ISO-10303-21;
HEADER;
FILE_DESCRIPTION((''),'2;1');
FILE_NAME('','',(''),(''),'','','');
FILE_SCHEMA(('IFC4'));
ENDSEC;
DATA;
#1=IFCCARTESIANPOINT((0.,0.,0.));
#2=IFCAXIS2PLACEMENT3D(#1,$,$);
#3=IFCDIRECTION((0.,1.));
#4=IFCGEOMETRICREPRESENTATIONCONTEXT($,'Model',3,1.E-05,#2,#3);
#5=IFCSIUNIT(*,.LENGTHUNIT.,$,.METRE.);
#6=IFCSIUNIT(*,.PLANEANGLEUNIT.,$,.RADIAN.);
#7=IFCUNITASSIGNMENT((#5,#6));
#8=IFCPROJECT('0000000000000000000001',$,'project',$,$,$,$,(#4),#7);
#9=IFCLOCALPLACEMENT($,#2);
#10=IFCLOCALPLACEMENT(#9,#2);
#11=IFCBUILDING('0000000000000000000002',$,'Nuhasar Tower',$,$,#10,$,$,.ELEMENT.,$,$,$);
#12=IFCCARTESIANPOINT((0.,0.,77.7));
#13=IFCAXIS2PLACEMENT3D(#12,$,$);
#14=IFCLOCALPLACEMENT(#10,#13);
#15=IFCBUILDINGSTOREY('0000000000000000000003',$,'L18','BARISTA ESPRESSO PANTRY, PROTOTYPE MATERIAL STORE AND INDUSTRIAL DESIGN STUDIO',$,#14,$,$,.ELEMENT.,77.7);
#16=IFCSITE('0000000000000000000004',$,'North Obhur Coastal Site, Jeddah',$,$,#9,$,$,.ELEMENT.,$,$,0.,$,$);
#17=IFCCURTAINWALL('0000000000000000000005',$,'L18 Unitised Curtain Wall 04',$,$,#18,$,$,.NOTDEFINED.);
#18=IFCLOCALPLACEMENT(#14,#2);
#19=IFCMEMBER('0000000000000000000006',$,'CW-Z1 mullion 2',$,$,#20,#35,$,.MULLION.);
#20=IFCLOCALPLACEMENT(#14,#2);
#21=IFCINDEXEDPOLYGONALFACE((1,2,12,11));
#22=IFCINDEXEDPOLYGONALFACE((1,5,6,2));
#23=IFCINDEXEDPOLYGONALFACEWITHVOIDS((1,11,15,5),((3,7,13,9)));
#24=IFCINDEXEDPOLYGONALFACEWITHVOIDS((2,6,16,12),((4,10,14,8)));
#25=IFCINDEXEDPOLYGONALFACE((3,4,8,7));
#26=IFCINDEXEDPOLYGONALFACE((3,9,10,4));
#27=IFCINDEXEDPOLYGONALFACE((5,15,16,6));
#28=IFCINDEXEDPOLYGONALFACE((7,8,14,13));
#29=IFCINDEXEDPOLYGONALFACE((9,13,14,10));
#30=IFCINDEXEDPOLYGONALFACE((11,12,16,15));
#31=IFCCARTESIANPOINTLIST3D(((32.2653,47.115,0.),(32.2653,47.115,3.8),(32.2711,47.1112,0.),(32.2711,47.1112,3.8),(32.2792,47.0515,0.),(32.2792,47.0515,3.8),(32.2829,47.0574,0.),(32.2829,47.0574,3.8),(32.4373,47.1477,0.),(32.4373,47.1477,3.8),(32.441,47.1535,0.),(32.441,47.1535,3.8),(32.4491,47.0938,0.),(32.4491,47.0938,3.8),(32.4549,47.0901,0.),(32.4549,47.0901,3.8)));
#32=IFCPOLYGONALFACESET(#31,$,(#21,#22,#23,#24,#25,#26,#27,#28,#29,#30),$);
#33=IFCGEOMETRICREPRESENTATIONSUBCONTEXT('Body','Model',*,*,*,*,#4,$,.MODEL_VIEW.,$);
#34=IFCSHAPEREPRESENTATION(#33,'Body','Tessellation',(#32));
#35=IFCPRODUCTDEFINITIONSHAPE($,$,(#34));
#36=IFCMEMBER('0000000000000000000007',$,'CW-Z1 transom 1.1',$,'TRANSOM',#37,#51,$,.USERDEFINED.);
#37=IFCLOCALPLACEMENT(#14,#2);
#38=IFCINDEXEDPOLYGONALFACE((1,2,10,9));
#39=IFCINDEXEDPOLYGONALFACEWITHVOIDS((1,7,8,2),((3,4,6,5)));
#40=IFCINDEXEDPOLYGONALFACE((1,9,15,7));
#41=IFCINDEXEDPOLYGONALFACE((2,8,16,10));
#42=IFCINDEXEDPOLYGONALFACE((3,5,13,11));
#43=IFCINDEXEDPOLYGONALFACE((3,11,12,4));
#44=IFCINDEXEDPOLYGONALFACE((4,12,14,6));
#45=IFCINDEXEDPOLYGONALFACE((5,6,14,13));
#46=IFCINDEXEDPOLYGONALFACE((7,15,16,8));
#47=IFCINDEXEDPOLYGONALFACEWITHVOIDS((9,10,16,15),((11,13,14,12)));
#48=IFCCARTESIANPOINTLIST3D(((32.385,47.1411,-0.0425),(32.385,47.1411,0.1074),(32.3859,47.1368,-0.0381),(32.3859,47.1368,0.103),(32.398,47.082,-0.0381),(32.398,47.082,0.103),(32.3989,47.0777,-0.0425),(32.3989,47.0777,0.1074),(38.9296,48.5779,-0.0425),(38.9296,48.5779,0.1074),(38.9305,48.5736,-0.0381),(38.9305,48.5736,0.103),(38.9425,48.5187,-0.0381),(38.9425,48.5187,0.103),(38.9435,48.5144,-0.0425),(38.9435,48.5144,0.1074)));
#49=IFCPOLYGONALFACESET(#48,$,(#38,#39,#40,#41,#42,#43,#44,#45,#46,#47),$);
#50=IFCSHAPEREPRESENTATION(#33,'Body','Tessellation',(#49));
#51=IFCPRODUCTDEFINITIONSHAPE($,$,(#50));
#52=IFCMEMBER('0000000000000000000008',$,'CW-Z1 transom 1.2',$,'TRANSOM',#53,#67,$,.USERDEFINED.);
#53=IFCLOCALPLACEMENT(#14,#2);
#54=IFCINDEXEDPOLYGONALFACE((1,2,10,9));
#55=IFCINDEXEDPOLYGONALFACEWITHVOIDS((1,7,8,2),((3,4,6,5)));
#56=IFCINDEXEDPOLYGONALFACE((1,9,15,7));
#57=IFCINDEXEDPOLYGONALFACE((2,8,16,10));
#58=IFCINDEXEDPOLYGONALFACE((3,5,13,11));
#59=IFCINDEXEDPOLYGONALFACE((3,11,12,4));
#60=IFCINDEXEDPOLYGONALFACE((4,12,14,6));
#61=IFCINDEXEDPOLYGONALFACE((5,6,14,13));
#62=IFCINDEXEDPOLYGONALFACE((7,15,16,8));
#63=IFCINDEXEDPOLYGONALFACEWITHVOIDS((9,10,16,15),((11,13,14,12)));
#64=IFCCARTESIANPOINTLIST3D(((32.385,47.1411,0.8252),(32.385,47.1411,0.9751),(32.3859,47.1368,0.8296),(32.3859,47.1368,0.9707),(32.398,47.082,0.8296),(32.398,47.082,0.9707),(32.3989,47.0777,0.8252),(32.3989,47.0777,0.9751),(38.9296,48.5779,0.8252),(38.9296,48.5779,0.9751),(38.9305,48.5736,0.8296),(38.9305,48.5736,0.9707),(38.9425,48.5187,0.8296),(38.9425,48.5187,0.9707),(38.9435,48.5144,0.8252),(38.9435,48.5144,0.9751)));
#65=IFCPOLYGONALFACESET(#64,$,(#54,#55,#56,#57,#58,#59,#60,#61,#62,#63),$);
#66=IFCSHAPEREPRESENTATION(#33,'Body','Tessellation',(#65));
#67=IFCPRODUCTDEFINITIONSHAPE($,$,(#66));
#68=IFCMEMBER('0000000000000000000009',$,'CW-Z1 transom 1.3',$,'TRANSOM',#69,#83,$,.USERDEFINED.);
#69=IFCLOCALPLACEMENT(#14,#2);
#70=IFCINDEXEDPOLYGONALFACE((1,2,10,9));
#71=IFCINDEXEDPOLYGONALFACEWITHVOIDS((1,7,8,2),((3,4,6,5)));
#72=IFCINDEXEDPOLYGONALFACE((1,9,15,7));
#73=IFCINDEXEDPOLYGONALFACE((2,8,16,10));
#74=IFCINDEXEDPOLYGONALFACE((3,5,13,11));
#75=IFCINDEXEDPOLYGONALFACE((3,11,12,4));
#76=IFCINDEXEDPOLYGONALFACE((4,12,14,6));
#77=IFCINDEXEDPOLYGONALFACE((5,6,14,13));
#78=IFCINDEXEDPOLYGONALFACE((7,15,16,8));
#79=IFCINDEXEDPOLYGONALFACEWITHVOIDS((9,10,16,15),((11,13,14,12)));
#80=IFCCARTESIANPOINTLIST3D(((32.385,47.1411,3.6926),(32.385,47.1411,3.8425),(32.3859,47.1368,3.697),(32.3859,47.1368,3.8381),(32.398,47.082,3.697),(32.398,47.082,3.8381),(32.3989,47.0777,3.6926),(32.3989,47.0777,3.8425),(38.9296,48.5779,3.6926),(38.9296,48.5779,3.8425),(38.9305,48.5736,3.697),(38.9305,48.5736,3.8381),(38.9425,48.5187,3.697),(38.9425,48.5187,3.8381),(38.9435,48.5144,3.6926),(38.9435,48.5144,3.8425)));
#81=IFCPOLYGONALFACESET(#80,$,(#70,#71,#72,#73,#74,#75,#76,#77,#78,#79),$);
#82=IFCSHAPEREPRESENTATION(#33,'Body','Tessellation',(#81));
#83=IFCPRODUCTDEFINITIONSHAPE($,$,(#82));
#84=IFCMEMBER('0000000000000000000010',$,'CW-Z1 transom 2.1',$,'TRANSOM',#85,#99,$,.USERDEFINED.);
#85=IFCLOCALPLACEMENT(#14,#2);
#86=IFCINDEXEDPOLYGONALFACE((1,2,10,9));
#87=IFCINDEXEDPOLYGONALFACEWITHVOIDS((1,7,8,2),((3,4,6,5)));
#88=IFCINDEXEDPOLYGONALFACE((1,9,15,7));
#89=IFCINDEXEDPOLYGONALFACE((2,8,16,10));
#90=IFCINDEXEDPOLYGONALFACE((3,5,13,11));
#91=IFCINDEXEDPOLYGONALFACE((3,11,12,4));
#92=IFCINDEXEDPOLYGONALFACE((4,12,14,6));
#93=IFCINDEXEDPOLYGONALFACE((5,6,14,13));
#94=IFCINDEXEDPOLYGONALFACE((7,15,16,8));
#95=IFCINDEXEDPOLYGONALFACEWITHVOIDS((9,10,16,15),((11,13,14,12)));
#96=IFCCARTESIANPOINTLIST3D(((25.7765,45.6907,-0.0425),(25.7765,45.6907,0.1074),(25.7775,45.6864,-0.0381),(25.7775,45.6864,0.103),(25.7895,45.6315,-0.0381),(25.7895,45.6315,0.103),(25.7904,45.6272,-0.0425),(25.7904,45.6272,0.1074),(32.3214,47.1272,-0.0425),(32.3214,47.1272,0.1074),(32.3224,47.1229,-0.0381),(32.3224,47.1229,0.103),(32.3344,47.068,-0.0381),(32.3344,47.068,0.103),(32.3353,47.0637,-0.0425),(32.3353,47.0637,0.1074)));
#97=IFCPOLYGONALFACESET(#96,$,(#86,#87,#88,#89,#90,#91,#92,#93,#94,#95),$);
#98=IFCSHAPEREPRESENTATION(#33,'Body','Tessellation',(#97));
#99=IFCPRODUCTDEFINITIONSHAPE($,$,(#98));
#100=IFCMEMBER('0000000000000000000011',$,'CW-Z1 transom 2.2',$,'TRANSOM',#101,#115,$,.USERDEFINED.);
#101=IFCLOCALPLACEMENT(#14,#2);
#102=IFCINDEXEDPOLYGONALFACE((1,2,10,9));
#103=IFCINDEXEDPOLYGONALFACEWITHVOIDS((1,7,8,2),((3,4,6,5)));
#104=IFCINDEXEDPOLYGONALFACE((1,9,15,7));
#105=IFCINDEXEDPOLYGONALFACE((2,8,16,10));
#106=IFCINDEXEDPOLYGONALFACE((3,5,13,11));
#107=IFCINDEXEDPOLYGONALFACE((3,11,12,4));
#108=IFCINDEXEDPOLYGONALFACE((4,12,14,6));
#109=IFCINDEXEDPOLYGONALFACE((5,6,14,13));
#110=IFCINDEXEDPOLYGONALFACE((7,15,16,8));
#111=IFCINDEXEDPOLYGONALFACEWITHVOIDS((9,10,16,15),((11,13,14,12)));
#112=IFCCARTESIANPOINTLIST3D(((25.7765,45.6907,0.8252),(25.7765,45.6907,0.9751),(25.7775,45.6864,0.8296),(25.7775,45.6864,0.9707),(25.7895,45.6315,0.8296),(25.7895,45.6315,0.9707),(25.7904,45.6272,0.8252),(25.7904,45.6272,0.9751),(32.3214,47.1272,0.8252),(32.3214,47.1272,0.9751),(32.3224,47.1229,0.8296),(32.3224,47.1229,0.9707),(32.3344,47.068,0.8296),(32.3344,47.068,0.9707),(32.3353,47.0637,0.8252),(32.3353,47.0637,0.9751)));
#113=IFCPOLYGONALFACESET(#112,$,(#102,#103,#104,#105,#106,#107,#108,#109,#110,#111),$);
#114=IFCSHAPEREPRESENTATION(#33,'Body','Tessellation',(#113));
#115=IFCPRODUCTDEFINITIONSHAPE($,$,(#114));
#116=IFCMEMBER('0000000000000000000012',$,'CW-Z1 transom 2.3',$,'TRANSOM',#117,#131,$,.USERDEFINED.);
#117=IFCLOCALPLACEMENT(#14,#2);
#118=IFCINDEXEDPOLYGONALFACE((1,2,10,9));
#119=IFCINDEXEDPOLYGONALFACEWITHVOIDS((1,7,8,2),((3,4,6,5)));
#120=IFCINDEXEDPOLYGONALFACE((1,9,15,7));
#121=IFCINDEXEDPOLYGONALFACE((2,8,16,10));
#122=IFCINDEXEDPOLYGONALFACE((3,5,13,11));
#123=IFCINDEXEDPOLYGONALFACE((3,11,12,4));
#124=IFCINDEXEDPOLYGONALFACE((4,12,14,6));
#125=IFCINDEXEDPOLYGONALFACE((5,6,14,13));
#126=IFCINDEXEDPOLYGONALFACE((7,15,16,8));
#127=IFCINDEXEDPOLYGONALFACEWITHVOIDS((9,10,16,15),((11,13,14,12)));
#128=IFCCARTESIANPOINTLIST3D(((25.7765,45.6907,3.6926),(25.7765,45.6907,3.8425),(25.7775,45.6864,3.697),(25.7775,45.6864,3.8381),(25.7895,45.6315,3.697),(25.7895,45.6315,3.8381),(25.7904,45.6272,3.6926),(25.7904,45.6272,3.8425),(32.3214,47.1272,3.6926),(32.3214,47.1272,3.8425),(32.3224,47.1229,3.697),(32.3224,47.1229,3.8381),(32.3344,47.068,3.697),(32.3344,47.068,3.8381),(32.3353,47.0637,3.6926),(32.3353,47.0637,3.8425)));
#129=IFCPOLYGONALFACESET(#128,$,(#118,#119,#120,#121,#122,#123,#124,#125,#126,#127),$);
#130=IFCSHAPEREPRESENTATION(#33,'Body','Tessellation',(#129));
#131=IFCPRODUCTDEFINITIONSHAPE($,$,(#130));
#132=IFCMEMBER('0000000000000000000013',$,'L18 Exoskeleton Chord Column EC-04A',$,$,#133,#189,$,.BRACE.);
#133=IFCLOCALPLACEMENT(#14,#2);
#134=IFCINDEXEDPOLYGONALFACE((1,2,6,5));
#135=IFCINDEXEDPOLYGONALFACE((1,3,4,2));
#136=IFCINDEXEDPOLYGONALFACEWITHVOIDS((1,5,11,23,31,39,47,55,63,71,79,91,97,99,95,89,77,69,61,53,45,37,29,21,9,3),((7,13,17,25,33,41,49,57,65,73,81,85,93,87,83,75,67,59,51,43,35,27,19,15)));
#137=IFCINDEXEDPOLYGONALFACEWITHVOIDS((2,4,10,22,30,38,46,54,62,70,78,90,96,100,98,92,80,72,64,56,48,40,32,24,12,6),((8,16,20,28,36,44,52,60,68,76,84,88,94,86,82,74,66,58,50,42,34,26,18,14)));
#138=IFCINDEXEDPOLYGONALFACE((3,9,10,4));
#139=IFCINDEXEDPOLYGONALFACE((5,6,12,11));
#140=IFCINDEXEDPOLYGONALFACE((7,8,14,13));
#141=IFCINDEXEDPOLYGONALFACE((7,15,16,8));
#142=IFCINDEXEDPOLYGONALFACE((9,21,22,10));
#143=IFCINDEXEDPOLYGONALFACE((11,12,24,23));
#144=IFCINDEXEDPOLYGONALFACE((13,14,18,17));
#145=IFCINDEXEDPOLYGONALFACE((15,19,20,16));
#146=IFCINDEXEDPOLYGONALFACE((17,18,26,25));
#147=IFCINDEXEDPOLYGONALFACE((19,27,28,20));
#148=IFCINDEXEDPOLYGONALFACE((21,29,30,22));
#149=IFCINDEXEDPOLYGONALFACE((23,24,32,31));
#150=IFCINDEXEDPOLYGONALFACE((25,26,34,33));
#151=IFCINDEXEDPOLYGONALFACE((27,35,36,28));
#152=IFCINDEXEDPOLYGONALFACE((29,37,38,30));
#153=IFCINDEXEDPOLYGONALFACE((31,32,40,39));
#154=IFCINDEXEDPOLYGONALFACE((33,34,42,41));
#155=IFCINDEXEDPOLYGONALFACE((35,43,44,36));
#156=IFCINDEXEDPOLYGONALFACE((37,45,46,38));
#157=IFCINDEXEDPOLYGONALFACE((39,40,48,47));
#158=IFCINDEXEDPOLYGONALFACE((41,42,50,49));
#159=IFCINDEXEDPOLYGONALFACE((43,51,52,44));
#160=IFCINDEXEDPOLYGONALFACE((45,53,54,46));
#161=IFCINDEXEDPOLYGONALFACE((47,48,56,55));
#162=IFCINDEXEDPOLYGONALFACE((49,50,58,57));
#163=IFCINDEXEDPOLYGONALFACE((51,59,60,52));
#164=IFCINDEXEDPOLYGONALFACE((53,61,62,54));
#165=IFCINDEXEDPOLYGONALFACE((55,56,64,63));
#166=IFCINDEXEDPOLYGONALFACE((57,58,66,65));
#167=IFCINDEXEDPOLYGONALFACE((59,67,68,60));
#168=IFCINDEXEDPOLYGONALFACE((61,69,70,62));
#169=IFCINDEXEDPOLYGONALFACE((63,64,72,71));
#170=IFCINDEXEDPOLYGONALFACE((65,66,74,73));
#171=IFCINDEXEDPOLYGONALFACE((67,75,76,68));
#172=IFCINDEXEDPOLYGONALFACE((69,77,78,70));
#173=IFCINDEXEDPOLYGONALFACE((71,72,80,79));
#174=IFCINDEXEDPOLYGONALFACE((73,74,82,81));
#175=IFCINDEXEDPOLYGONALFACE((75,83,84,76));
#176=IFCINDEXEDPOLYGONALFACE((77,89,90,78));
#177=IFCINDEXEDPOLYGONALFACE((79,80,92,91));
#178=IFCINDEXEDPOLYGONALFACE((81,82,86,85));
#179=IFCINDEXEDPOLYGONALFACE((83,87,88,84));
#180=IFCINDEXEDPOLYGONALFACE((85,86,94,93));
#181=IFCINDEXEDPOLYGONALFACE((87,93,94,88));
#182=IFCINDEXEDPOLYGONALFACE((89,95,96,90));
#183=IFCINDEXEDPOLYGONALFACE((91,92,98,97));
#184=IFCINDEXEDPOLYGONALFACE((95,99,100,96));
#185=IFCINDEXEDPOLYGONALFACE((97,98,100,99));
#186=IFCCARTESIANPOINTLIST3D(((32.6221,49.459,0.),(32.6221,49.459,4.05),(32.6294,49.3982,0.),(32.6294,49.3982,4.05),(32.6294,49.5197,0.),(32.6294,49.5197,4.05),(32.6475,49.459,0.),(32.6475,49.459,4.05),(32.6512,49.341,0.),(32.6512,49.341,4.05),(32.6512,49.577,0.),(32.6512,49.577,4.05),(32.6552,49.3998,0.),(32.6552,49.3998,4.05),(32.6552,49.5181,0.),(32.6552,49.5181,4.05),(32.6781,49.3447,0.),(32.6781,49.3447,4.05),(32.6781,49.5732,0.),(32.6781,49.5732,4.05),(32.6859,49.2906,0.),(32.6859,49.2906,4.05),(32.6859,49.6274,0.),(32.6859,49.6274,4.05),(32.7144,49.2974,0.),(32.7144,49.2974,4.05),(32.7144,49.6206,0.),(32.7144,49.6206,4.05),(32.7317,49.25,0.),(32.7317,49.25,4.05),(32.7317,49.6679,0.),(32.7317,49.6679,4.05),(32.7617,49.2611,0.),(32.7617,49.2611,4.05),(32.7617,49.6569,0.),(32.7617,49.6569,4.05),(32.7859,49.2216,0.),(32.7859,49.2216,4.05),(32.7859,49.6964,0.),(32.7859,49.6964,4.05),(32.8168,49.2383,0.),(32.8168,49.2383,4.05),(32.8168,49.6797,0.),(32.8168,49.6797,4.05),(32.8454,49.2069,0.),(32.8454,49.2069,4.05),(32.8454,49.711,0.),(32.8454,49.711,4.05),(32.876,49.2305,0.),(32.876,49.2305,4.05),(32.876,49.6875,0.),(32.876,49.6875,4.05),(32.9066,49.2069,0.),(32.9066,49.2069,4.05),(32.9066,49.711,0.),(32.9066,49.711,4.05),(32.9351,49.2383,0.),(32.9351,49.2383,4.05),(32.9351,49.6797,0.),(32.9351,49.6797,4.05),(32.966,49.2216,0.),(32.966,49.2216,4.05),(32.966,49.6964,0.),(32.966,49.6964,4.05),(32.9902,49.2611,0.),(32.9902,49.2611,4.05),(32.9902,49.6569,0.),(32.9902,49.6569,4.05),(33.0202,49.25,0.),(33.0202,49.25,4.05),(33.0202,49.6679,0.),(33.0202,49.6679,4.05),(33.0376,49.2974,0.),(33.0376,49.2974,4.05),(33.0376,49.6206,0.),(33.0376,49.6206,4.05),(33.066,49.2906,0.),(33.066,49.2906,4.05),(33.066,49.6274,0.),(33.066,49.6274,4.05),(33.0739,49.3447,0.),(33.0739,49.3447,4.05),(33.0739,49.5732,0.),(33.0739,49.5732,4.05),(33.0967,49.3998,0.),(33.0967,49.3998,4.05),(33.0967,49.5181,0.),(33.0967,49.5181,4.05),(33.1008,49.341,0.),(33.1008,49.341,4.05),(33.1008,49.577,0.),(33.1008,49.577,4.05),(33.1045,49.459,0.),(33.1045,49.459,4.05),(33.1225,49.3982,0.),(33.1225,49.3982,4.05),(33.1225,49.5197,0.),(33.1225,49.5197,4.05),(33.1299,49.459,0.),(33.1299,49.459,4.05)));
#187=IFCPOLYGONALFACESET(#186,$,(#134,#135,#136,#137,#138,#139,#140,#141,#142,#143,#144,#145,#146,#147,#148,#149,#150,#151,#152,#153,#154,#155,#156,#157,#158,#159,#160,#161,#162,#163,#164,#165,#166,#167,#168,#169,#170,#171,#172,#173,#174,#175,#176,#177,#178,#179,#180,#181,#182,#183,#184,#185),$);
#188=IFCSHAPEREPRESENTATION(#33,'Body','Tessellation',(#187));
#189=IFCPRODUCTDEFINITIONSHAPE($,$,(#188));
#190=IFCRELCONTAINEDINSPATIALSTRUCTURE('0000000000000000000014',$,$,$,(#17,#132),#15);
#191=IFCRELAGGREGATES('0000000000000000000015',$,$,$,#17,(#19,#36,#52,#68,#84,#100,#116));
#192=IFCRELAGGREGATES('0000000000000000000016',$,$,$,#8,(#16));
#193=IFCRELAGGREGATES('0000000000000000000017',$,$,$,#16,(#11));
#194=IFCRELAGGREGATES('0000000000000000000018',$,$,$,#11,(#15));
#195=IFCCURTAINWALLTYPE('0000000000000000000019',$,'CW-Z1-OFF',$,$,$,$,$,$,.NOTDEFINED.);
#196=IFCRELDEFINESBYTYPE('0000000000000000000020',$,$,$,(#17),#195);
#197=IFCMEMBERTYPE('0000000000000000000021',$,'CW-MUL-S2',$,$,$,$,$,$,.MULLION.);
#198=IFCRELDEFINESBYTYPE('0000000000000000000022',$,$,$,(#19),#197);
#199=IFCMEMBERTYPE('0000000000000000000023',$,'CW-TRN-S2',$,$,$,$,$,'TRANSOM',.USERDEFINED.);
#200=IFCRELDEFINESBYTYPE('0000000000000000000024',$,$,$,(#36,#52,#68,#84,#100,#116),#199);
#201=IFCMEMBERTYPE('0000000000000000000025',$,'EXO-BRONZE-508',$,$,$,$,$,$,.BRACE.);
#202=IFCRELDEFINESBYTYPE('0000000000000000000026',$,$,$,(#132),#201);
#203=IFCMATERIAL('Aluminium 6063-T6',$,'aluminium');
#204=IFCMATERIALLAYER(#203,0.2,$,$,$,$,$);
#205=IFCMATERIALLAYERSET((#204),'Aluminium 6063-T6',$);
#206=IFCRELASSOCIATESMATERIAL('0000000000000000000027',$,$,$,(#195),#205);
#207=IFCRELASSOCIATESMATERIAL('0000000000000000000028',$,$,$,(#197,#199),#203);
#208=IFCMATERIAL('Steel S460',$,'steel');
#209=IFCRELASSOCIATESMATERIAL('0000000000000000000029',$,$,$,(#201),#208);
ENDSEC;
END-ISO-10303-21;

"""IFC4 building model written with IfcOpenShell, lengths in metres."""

from ifc_helpers import new_model, si_unit, direction, frame, origin, origin_2d, place, context, subcontext, project, spatial, hollow_rectangle, hollow_circle, extrude, material, layer, layer_set, material_profile, profile_set, type_object, element, aggregate, save


model = new_model("IFC4")

# Units and contexts
model_context = context("Model", 3, precision=1e-05, world=origin(), true_north=direction((0.0, 1.0)))
body_context = subcontext(model_context, "Body", "Model", "MODEL_VIEW")
ifc_project = project(units=[si_unit("LENGTHUNIT", "METRE"), si_unit("PLANEANGLEUNIT", "RADIAN")], contexts=[model_context])

# Site, building, storey
site_placement = place(None, origin())
site = spatial("IfcSite", under=ifc_project, at=site_placement, Name="North Obhur Coastal Site, Jeddah", CompositionType="ELEMENT", RefElevation=0.0)
building_placement = place(site_placement, origin())
building = spatial("IfcBuilding", under=site, at=building_placement, Name="Nuhasar Tower", CompositionType="ELEMENT")
storey_placement = place(building_placement, frame((0.0, 0.0, 77.7)))
storey = spatial("IfcBuildingStorey", under=building, at=storey_placement, Name="L18", Description="BARISTA ESPRESSO PANTRY, PROTOTYPE MATERIAL STORE AND INDUSTRIAL DESIGN STUDIO", CompositionType="ELEMENT", Elevation=77.7)

# Curtain wall, members
ifc_material_1 = material(Name="Aluminium 6063-T6", Category="aluminium")
ifc_layer_1 = layer(ifc_material_1, 0.2)
ifc_layer_set_1 = layer_set([ifc_layer_1], Name="Aluminium 6063-T6")
curtain_wall_type = type_object("IfcCurtainWallType", Name="CW-Z1-OFF", PredefinedType="NOTDEFINED", material=ifc_layer_set_1)
curtain_wall_placement = place(storey_placement, origin())
curtain_wall = element("IfcCurtainWall", 1, at=curtain_wall_placement, inside=storey, type_object=curtain_wall_type, Name="L18 Unitised Curtain Wall 04", PredefinedType="NOTDEFINED")
ifc_material_profile_1 = material_profile(ifc_material_1, hollow_rectangle(XDim=0.0649, YDim=0.1799, WallThickness=0.0049, at=origin_2d()), Name="CWM-2")
ifc_profile_set_1 = profile_set([ifc_material_profile_1], Name="Aluminium 6063-T6")
member_type_1 = type_object("IfcMemberType", Name="CW-MUL-S2", PredefinedType="MULLION", material=ifc_profile_set_1)
member_1_placement = place(storey_placement, frame((32.3601, 47.1025, 0.0), z_axis=(0.0, 0.0, 1.0), x_axis=(0.214399, -0.976746, 0.0)))
member_1 = element("IfcMember", 2, at=member_1_placement, type_object=member_type_1, Name="CW-Z1 mullion 2", PredefinedType="MULLION", context=body_context, shape_type="SweptSolid", body=[
    extrude(hollow_rectangle(XDim=0.0649, YDim=0.1799, WallThickness=0.0049, at=origin_2d()), origin(), (0.0, 0.0, 1.0), 3.8),
])
ifc_material_profile_2 = material_profile(ifc_material_1, hollow_rectangle(XDim=0.0649, YDim=0.1499, WallThickness=0.0044, at=origin_2d()), Name="CWT-2")
ifc_profile_set_2 = profile_set([ifc_material_profile_2], Name="Aluminium 6063-T6")
member_type_2 = type_object("IfcMemberType", Name="CW-TRN-S2", ElementType="TRANSOM", PredefinedType="USERDEFINED", material=ifc_profile_set_2)
member_2_placement = place(storey_placement, frame((38.9365, 48.5461, 0.0325), z_axis=(-0.97674, -0.214426, 0.0), x_axis=(0.214426, -0.97674, 0.0)))
member_2 = element("IfcMember", 3, at=member_2_placement, type_object=member_type_2, Name="CW-Z1 transom 1.1", ObjectType="TRANSOM", PredefinedType="USERDEFINED", context=body_context, shape_type="SweptSolid", body=[
    extrude(hollow_rectangle(XDim=0.0649, YDim=0.1499, WallThickness=0.0044, at=origin_2d()), origin(), (0.0, 0.0, 1.0), 6.7004),
])
member_3_placement = place(storey_placement, frame((38.9365, 48.5461, 0.9001), z_axis=(-0.97674, -0.214426, 0.0), x_axis=(0.214426, -0.97674, 0.0)))
member_3 = element("IfcMember", 4, at=member_3_placement, type_object=member_type_2, Name="CW-Z1 transom 1.2", ObjectType="TRANSOM", PredefinedType="USERDEFINED", context=body_context, shape_type="SweptSolid", body=[
    extrude(hollow_rectangle(XDim=0.0649, YDim=0.1499, WallThickness=0.0044, at=origin_2d()), origin(), (0.0, 0.0, 1.0), 6.7004),
])
member_4_placement = place(storey_placement, frame((38.9365, 48.5461, 3.7676), z_axis=(-0.97674, -0.214426, 0.0), x_axis=(0.214426, -0.97674, 0.0)))
member_4 = element("IfcMember", 5, at=member_4_placement, type_object=member_type_2, Name="CW-Z1 transom 1.3", ObjectType="TRANSOM", PredefinedType="USERDEFINED", context=body_context, shape_type="SweptSolid", body=[
    extrude(hollow_rectangle(XDim=0.0649, YDim=0.1499, WallThickness=0.0044, at=origin_2d()), origin(), (0.0, 0.0, 1.0), 6.7004),
])
member_5_placement = place(storey_placement, frame((32.3284, 47.0955, 0.0325), z_axis=(-0.97675, -0.214384, 0.0), x_axis=(0.214384, -0.97675, 0.0)))
member_5 = element("IfcMember", 6, at=member_5_placement, type_object=member_type_2, Name="CW-Z1 transom 2.1", ObjectType="TRANSOM", PredefinedType="USERDEFINED", context=body_context, shape_type="SweptSolid", body=[
    extrude(hollow_rectangle(XDim=0.0649, YDim=0.1499, WallThickness=0.0044, at=origin_2d()), origin(), (0.0, 0.0, 1.0), 6.7007),
])
member_6_placement = place(storey_placement, frame((32.3284, 47.0955, 0.9001), z_axis=(-0.97675, -0.214384, 0.0), x_axis=(0.214384, -0.97675, 0.0)))
member_6 = element("IfcMember", 7, at=member_6_placement, type_object=member_type_2, Name="CW-Z1 transom 2.2", ObjectType="TRANSOM", PredefinedType="USERDEFINED", context=body_context, shape_type="SweptSolid", body=[
    extrude(hollow_rectangle(XDim=0.0649, YDim=0.1499, WallThickness=0.0044, at=origin_2d()), origin(), (0.0, 0.0, 1.0), 6.7007),
])
member_7_placement = place(storey_placement, frame((32.3284, 47.0955, 3.7676), z_axis=(-0.97675, -0.214384, 0.0), x_axis=(0.214384, -0.97675, 0.0)))
member_7 = element("IfcMember", 8, at=member_7_placement, type_object=member_type_2, Name="CW-Z1 transom 2.3", ObjectType="TRANSOM", PredefinedType="USERDEFINED", context=body_context, shape_type="SweptSolid", body=[
    extrude(hollow_rectangle(XDim=0.0649, YDim=0.1499, WallThickness=0.0044, at=origin_2d()), origin(), (0.0, 0.0, 1.0), 6.7007),
])

# Member
ifc_material_2 = material(Name="Steel S460", Category="steel")
ifc_material_profile_3 = material_profile(ifc_material_2, hollow_circle(Radius=0.2539, WallThickness=0.0254, at=origin_2d()), Name="HSS508X25.4")
ifc_profile_set_3 = profile_set([ifc_material_profile_3], Name="Steel S460")
member_type_3 = type_object("IfcMemberType", Name="EXO-BRONZE-508", PredefinedType="BRACE", material=ifc_profile_set_3)
for number, where, z_axis, x_axis, name in (
    (9, (32.876, 49.459, 0.0), (0.0, 0.0, 1.0), (1.0, 0.0, 0.0), "L18 Exoskeleton Chord Column EC-04A"),
):
    element("IfcMember", number, at=place(storey_placement, frame(where, z_axis=z_axis, x_axis=x_axis)), inside=storey, type_object=member_type_3, Name=name, PredefinedType="BRACE", context=body_context, shape_type="SweptSolid", body=[
        extrude(hollow_circle(Radius=0.2539, WallThickness=0.0254, at=origin_2d()), origin(), (0.0, 0.0, 1.0), 4.05),
    ])

aggregate(curtain_wall, [member_1, member_2, member_3, member_4, member_5, member_6, member_7])

save(model, "model.ifc")
